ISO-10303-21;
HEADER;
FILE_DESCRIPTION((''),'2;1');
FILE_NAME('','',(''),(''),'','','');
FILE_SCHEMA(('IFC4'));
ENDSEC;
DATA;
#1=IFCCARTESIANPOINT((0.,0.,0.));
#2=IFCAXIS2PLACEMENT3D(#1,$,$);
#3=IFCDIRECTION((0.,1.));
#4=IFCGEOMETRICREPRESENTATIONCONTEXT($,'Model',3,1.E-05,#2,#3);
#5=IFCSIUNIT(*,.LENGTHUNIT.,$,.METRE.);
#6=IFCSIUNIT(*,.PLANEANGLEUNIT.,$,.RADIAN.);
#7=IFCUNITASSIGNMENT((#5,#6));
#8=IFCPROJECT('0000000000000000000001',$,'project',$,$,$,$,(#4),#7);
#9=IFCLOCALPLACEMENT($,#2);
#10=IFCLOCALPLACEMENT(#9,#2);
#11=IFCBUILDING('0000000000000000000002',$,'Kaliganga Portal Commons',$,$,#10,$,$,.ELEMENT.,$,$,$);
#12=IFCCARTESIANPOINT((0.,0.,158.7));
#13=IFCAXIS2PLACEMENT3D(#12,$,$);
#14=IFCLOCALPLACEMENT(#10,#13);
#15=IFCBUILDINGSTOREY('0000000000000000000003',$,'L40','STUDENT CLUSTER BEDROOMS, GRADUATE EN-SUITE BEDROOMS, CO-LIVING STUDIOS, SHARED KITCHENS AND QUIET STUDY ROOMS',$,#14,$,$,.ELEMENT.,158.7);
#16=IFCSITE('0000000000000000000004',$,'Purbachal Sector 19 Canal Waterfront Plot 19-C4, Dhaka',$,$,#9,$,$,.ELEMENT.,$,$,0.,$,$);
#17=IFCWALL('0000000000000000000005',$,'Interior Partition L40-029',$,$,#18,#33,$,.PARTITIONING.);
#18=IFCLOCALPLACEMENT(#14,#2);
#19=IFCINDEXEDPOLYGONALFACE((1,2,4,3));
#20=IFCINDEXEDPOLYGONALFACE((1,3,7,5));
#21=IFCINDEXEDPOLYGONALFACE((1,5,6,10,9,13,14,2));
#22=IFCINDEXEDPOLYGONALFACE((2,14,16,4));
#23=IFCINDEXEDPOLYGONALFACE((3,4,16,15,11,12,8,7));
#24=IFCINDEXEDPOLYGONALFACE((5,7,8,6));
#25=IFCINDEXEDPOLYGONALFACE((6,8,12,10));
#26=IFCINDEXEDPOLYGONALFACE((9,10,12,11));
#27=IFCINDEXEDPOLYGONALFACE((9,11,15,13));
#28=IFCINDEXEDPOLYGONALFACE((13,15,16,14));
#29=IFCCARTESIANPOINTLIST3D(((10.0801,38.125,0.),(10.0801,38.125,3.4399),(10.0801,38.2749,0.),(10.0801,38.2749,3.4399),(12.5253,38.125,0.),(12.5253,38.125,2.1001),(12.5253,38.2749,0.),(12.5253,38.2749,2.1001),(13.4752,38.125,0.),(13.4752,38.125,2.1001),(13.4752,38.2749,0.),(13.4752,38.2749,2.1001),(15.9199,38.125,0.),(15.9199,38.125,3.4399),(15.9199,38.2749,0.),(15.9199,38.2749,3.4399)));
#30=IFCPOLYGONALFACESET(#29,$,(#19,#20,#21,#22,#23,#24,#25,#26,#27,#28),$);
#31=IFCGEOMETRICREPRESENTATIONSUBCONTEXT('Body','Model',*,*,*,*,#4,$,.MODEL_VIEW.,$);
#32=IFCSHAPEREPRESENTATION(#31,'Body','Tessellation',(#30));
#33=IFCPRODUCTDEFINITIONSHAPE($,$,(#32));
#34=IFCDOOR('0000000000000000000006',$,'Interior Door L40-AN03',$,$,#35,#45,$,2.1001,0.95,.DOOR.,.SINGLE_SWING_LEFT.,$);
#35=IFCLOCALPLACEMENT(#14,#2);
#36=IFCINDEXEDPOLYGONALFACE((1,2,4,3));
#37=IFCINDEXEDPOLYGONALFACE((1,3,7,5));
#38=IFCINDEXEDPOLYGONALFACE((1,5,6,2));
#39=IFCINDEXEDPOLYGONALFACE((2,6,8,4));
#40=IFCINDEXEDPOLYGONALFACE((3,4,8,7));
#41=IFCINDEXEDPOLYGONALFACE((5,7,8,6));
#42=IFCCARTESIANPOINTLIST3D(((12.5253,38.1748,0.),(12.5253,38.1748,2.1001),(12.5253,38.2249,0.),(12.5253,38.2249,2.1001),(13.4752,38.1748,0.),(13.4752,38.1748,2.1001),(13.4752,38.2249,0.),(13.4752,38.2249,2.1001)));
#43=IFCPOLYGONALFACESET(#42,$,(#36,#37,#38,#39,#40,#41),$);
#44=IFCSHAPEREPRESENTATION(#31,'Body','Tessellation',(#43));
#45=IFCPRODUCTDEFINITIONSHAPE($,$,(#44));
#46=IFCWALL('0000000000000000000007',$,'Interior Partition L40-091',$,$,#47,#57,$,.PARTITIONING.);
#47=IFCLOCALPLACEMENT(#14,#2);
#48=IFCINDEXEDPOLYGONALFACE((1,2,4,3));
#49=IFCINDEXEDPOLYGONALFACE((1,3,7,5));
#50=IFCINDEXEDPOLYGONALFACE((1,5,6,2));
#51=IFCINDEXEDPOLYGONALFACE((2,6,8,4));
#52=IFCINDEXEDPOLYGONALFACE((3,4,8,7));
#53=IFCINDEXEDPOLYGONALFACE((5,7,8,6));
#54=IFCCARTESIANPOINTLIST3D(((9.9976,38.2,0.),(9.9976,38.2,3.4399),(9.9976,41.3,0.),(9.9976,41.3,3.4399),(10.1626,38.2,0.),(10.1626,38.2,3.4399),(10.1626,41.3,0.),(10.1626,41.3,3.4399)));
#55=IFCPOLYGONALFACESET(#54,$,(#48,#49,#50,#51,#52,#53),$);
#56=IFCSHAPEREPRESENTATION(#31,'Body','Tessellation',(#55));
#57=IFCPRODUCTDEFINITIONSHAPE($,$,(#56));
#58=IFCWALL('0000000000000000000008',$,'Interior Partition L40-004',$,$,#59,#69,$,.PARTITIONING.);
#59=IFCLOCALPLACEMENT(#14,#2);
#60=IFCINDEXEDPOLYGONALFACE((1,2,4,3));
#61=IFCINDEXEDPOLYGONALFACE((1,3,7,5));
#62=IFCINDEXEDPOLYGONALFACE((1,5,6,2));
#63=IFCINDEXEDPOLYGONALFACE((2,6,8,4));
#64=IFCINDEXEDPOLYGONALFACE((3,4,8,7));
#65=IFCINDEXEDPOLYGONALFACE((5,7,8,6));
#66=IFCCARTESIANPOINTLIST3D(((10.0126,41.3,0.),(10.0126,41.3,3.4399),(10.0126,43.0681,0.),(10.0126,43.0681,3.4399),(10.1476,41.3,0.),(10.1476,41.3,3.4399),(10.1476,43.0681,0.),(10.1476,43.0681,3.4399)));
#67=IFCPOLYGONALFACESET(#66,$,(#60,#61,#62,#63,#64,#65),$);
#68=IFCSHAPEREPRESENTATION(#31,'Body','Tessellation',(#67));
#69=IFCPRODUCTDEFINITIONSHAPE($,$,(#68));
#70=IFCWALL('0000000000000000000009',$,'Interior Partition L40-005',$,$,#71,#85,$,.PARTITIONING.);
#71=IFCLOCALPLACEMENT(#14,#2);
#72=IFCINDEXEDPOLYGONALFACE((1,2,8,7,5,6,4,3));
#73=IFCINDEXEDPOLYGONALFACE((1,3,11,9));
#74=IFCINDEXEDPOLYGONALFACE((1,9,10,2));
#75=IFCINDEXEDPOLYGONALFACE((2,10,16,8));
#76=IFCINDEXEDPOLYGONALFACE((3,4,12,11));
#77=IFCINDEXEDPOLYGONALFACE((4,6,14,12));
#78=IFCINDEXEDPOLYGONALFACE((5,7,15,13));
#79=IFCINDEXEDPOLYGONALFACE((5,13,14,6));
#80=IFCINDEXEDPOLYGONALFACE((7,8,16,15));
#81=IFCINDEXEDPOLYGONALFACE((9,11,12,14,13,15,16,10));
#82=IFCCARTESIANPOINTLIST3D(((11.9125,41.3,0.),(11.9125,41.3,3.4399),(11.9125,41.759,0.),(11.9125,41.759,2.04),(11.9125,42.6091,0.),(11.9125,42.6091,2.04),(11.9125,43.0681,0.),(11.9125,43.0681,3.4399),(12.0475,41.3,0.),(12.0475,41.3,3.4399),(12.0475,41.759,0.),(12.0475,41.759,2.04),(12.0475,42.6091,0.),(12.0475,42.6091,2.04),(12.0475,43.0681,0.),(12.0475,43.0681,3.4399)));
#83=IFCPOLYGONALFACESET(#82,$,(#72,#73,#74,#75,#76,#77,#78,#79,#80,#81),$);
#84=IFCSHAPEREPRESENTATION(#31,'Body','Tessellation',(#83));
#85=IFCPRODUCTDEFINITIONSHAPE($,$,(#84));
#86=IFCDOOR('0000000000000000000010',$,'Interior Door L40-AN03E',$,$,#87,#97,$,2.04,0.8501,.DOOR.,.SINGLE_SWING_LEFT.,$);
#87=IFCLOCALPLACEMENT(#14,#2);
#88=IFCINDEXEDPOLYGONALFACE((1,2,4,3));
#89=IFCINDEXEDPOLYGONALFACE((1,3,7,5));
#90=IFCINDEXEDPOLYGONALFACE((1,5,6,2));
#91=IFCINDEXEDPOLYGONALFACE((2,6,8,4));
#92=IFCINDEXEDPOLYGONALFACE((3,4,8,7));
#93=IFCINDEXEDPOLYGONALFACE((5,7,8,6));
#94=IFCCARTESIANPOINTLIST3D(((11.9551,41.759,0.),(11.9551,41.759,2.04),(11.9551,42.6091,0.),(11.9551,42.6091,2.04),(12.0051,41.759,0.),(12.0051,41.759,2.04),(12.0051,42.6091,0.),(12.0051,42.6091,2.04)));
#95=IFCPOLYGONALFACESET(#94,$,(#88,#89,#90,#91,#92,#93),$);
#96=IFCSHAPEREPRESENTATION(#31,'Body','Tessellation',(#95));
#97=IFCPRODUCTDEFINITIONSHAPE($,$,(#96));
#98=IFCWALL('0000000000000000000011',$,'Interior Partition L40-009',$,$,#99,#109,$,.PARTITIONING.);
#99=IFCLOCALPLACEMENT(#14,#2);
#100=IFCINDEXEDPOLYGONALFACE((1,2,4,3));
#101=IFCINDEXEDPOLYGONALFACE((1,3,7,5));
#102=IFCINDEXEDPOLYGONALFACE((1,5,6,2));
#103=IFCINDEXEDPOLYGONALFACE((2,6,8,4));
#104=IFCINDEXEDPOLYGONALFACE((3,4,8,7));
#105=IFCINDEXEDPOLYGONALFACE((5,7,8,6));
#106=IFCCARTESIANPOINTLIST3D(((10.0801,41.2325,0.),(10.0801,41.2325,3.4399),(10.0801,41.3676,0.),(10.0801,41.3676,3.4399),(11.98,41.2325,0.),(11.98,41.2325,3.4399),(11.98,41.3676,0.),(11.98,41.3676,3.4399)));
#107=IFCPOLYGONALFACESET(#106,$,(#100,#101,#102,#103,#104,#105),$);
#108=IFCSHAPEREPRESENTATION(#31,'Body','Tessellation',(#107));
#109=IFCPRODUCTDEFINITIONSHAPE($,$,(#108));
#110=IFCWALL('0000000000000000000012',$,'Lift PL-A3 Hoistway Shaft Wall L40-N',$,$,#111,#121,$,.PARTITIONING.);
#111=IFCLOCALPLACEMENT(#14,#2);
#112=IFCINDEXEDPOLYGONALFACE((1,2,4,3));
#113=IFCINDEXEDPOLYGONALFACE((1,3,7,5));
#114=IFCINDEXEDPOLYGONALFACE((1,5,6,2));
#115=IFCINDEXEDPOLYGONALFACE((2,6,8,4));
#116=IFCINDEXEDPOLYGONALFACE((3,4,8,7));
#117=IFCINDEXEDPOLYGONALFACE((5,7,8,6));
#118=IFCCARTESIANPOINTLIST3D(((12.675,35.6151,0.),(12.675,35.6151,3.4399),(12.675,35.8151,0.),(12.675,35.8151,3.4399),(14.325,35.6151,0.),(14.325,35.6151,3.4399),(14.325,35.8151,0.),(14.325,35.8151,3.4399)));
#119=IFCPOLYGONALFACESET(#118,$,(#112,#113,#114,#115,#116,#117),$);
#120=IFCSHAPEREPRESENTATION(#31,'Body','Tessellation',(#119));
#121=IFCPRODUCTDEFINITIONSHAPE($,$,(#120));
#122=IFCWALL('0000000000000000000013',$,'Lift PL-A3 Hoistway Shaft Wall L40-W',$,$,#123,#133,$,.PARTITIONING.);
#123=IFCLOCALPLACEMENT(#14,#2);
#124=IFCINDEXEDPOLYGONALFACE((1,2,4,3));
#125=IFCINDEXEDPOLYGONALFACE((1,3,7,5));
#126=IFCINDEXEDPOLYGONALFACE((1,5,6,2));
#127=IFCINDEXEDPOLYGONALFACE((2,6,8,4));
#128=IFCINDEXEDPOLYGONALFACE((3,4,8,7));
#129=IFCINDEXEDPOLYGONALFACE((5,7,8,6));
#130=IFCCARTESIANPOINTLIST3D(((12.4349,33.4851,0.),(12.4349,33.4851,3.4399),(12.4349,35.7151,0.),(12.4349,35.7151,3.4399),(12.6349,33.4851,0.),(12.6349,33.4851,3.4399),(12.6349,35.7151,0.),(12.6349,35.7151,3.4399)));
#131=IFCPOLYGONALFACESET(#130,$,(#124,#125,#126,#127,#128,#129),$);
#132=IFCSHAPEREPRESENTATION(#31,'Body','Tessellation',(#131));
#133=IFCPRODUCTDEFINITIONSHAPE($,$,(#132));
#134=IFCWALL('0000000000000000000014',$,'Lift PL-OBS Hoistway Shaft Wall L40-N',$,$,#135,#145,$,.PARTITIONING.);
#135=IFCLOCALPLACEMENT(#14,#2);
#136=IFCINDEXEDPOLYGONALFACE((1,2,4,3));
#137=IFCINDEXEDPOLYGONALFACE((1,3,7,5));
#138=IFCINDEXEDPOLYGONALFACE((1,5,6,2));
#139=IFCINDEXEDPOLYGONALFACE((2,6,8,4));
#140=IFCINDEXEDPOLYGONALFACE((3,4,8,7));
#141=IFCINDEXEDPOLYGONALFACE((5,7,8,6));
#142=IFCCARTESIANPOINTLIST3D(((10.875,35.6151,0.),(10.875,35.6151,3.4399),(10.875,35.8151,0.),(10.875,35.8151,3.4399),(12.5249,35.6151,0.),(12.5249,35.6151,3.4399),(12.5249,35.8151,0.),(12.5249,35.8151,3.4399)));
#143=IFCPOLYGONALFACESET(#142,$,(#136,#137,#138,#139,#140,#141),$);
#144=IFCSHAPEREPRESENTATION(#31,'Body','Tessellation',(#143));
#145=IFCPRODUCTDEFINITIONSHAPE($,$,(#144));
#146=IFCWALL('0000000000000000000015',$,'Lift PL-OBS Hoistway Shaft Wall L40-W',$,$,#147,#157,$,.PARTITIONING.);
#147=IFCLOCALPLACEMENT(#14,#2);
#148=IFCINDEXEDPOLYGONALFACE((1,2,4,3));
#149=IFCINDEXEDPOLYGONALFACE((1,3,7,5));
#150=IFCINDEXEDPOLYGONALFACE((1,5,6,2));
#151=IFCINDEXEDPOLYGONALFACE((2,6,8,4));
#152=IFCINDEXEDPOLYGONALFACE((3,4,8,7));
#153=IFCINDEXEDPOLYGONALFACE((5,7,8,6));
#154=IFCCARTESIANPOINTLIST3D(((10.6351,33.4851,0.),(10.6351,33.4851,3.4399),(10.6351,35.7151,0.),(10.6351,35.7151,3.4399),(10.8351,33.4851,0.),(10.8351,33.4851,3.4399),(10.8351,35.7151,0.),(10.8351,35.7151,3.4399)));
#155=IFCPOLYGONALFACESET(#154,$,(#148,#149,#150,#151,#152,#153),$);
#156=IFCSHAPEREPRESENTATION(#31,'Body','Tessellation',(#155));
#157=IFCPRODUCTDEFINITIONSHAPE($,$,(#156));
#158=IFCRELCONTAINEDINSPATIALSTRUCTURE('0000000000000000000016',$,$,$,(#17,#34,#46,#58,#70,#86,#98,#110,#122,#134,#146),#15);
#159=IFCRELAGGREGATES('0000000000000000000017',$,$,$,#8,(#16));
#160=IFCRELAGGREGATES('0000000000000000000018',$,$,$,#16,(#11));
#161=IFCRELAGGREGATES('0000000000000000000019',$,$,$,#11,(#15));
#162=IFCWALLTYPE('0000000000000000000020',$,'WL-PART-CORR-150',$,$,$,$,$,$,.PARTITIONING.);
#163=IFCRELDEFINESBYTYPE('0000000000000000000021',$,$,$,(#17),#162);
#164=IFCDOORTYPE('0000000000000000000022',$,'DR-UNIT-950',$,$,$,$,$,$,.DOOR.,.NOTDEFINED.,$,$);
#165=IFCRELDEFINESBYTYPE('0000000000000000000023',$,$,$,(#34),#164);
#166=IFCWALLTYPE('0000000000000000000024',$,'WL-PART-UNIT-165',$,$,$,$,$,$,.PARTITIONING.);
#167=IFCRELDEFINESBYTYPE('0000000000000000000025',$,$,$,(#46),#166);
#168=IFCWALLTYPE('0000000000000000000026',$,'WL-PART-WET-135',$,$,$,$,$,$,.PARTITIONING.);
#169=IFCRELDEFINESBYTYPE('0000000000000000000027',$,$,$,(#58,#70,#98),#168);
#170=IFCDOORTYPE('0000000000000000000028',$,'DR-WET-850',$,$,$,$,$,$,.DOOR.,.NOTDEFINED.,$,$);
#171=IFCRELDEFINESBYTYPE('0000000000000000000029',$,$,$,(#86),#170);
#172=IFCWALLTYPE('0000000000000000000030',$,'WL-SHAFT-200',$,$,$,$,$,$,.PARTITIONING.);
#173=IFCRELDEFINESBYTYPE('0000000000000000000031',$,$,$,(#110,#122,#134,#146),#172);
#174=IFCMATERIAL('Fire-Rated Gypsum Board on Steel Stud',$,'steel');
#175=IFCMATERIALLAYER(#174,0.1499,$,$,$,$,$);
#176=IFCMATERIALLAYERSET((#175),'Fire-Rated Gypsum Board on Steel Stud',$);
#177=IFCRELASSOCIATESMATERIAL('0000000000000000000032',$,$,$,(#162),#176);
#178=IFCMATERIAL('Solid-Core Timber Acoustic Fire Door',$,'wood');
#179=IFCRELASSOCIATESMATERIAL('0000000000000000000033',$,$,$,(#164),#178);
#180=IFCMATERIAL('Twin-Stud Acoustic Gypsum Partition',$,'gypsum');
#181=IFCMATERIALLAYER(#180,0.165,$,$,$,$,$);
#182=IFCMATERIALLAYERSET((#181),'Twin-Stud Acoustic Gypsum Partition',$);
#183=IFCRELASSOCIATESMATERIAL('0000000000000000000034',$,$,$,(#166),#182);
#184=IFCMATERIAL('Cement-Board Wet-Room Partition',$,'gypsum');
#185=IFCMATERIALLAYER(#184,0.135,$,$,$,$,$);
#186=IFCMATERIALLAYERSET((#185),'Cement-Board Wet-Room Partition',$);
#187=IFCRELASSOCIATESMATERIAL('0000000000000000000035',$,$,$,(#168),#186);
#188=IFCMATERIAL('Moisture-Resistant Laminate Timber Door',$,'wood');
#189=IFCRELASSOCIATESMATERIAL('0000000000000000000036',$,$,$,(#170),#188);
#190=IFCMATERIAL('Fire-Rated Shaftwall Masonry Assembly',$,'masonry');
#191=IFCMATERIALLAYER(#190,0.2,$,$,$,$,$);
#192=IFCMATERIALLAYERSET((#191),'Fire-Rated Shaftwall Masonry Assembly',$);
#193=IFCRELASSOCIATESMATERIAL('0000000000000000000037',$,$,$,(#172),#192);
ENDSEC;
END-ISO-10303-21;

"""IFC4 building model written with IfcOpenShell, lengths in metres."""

from ifc_helpers import new_model, si_unit, direction, frame, frame_2d, origin, place, context, subcontext, project, spatial, rectangle, extrude, material, layer, layer_set, type_object, element, fill, save


model = new_model("IFC4")

# Units and contexts
model_context = context("Model", 3, precision=1e-05, world=origin(), true_north=direction((0.0, 1.0)))
body_context = subcontext(model_context, "Body", "Model", "MODEL_VIEW")
ifc_project = project(units=[si_unit("LENGTHUNIT", "METRE"), si_unit("PLANEANGLEUNIT", "RADIAN")], contexts=[model_context])

# Site, building, storey
site_placement = place(None, origin())
site = spatial("IfcSite", under=ifc_project, at=site_placement, Name="Purbachal Sector 19 Canal Waterfront Plot 19-C4, Dhaka", CompositionType="ELEMENT", RefElevation=0.0)
building_placement = place(site_placement, origin())
building = spatial("IfcBuilding", under=site, at=building_placement, Name="Kaliganga Portal Commons", CompositionType="ELEMENT")
storey_placement = place(building_placement, frame((0.0, 0.0, 158.7)))
storey = spatial("IfcBuildingStorey", under=building, at=storey_placement, Name="L40", Description="STUDENT CLUSTER BEDROOMS, GRADUATE EN-SUITE BEDROOMS, CO-LIVING STUDIOS, SHARED KITCHENS AND QUIET STUDY ROOMS", CompositionType="ELEMENT", Elevation=158.7)

# Wall, opening, door
ifc_material_1 = material(Name="Fire-Rated Gypsum Board on Steel Stud", Category="steel")
ifc_layer_1 = layer(ifc_material_1, 0.1499)
ifc_layer_set_1 = layer_set([ifc_layer_1], Name="Fire-Rated Gypsum Board on Steel Stud")
wall_type_1 = type_object("IfcWallType", Name="WL-PART-CORR-150", PredefinedType="PARTITIONING", material=ifc_layer_set_1)
wall_1_placement = place(storey_placement, frame((10.0801, 38.2, 0.0), z_axis=(0.0, 0.0, 1.0), x_axis=(1.0, 0.0, 0.0)))
wall_1 = element("IfcWall", 1, at=wall_1_placement, inside=storey, type_object=wall_type_1, Name="Interior Partition L40-029", PredefinedType="PARTITIONING", context=body_context, shape_type="SweptSolid", body=[
    extrude(rectangle(XDim=5.8398, YDim=0.1499, at=frame_2d((2.9199, 0.0))), origin(), (0.0, 0.0, 1.0), 3.4399),
])
opening_1_placement = place(wall_1_placement, frame((2.4451, 0.0, 0.0)))
opening_1 = element("IfcOpeningElement", 2, at=opening_1_placement, cuts=wall_1, PredefinedType="OPENING", context=body_context, shape_type="SweptSolid", body=[
    extrude(rectangle(XDim=0.95, YDim=2.1001, at=frame_2d((0.4751, 1.05))), frame((0.0, 0.085, 0.0), z_axis=(0.0, -1.0, 0.0), x_axis=(1.0, 0.0, 0.0)), (0.0, 0.0, 1.0), 0.1699),
])
ifc_material_2 = material(Name="Solid-Core Timber Acoustic Fire Door", Category="wood")
door_type_1 = type_object("IfcDoorType", Name="DR-UNIT-950", OperationType="NOTDEFINED", PredefinedType="DOOR", material=ifc_material_2)
door_1_placement = place(opening_1_placement, origin())
door_1 = element("IfcDoor", 3, at=door_1_placement, inside=storey, type_object=door_type_1, Name="Interior Door L40-AN03", OperationType="SINGLE_SWING_LEFT", OverallHeight=2.1001, OverallWidth=0.95, PredefinedType="DOOR", context=body_context, shape_type="SweptSolid", body=[
    extrude(rectangle(XDim=0.95, YDim=2.1001, at=frame_2d((0.4751, 1.05))), frame((0.0, 0.0249, 0.0), z_axis=(0.0, -1.0, 0.0), x_axis=(1.0, 0.0, 0.0)), (0.0, 0.0, 1.0), 0.05),
])
fill(opening_1, door_1)

# Walls
ifc_material_3 = material(Name="Twin-Stud Acoustic Gypsum Partition", Category="gypsum")
ifc_layer_2 = layer(ifc_material_3, 0.165)
ifc_layer_set_2 = layer_set([ifc_layer_2], Name="Twin-Stud Acoustic Gypsum Partition")
wall_type_2 = type_object("IfcWallType", Name="WL-PART-UNIT-165", PredefinedType="PARTITIONING", material=ifc_layer_set_2)
wall_2_placement = place(storey_placement, frame((10.0801, 38.2, 0.0), z_axis=(0.0, 0.0, 1.0), x_axis=(0.0, 1.0, 0.0)))
element("IfcWall", 4, at=wall_2_placement, inside=storey, type_object=wall_type_2, Name="Interior Partition L40-091", PredefinedType="PARTITIONING", context=body_context, shape_type="SweptSolid", body=[
    extrude(rectangle(XDim=3.1001, YDim=0.165, at=frame_2d((1.55, 0.0))), origin(), (0.0, 0.0, 1.0), 3.4399),
])
ifc_material_4 = material(Name="Cement-Board Wet-Room Partition", Category="gypsum")
ifc_layer_3 = layer(ifc_material_4, 0.135)
ifc_layer_set_3 = layer_set([ifc_layer_3], Name="Cement-Board Wet-Room Partition")
wall_type_3 = type_object("IfcWallType", Name="WL-PART-WET-135", PredefinedType="PARTITIONING", material=ifc_layer_set_3)
wall_3_placement = place(storey_placement, frame((10.0801, 41.3, 0.0), z_axis=(0.0, 0.0, 1.0), x_axis=(0.0, 1.0, 0.0)))
element("IfcWall", 5, at=wall_3_placement, inside=storey, type_object=wall_type_3, Name="Interior Partition L40-004", PredefinedType="PARTITIONING", context=body_context, shape_type="SweptSolid", body=[
    extrude(rectangle(XDim=1.7681, YDim=0.135, at=frame_2d((0.884, 0.0))), origin(), (0.0, 0.0, 1.0), 3.4399),
])

# Wall, opening, door
wall_4_placement = place(storey_placement, frame((11.98, 41.3, 0.0), z_axis=(0.0, 0.0, 1.0), x_axis=(0.0, 1.0, 0.0)))
wall_4 = element("IfcWall", 6, at=wall_4_placement, inside=storey, type_object=wall_type_3, Name="Interior Partition L40-005", PredefinedType="PARTITIONING", context=body_context, shape_type="SweptSolid", body=[
    extrude(rectangle(XDim=1.7681, YDim=0.135, at=frame_2d((0.884, 0.0))), origin(), (0.0, 0.0, 1.0), 3.4399),
])
opening_2_placement = place(wall_4_placement, frame((0.459, 0.0, 0.0)))
opening_2 = element("IfcOpeningElement", 7, at=opening_2_placement, cuts=wall_4, PredefinedType="OPENING", context=body_context, shape_type="SweptSolid", body=[
    extrude(rectangle(XDim=0.8501, YDim=2.04, at=frame_2d((0.425, 1.02))), frame((0.0, 0.0776, 0.0), z_axis=(0.0, -1.0, 0.0), x_axis=(1.0, 0.0, 0.0)), (0.0, 0.0, 1.0), 0.155),
])
ifc_material_5 = material(Name="Moisture-Resistant Laminate Timber Door", Category="wood")
door_type_2 = type_object("IfcDoorType", Name="DR-WET-850", OperationType="NOTDEFINED", PredefinedType="DOOR", material=ifc_material_5)
door_2_placement = place(opening_2_placement, origin())
door_2 = element("IfcDoor", 8, at=door_2_placement, inside=storey, type_object=door_type_2, Name="Interior Door L40-AN03E", OperationType="SINGLE_SWING_LEFT", OverallHeight=2.04, OverallWidth=0.8501, PredefinedType="DOOR", context=body_context, shape_type="SweptSolid", body=[
    extrude(rectangle(XDim=0.8501, YDim=2.04, at=frame_2d((0.425, 1.02))), frame((0.0, 0.0249, 0.0), z_axis=(0.0, -1.0, 0.0), x_axis=(1.0, 0.0, 0.0)), (0.0, 0.0, 1.0), 0.05),
])
fill(opening_2, door_2)

# Wall
wall_5_placement = place(storey_placement, frame((10.0801, 41.3, 0.0), z_axis=(0.0, 0.0, 1.0), x_axis=(1.0, 0.0, 0.0)))
element("IfcWall", 9, at=wall_5_placement, inside=storey, type_object=wall_type_3, Name="Interior Partition L40-009", PredefinedType="PARTITIONING", context=body_context, shape_type="SweptSolid", body=[
    extrude(rectangle(XDim=1.8999, YDim=0.135, at=frame_2d((0.95, 0.0))), origin(), (0.0, 0.0, 1.0), 3.4399),
])

# Shared definitions
ifc_material_6 = material(Name="Fire-Rated Shaftwall Masonry Assembly", Category="masonry")
ifc_layer_4 = layer(ifc_material_6, 0.2)
ifc_layer_set_4 = layer_set([ifc_layer_4], Name="Fire-Rated Shaftwall Masonry Assembly")
wall_type_4 = type_object("IfcWallType", Name="WL-SHAFT-200", PredefinedType="PARTITIONING", material=ifc_layer_set_4)

# Walls
wall_6_placement = place(storey_placement, frame((12.675, 35.7151, 0.0), z_axis=(0.0, 0.0, 1.0), x_axis=(1.0, 0.0, 0.0)))
element("IfcWall", 10, at=wall_6_placement, inside=storey, type_object=wall_type_4, Name="Lift PL-A3 Hoistway Shaft Wall L40-N", PredefinedType="PARTITIONING", context=body_context, shape_type="SweptSolid", body=[
    extrude(rectangle(XDim=1.6499, YDim=0.2, at=frame_2d((0.825, 0.0))), origin(), (0.0, 0.0, 1.0), 3.4399),
])
wall_7_placement = place(storey_placement, frame((12.5349, 33.4851, 0.0), z_axis=(0.0, 0.0, 1.0), x_axis=(0.0, 1.0, 0.0)))
element("IfcWall", 11, at=wall_7_placement, inside=storey, type_object=wall_type_4, Name="Lift PL-A3 Hoistway Shaft Wall L40-W", PredefinedType="PARTITIONING", context=body_context, shape_type="SweptSolid", body=[
    extrude(rectangle(XDim=2.23, YDim=0.2, at=frame_2d((1.115, 0.0))), origin(), (0.0, 0.0, 1.0), 3.4399),
])

# Walls
wall_8_placement = place(storey_placement, frame((10.875, 35.7151, 0.0), z_axis=(0.0, 0.0, 1.0), x_axis=(1.0, 0.0, 0.0)))
element("IfcWall", 12, at=wall_8_placement, inside=storey, type_object=wall_type_4, Name="Lift PL-OBS Hoistway Shaft Wall L40-N", PredefinedType="PARTITIONING", context=body_context, shape_type="SweptSolid", body=[
    extrude(rectangle(XDim=1.6499, YDim=0.2, at=frame_2d((0.825, 0.0))), origin(), (0.0, 0.0, 1.0), 3.4399),
])
wall_9_placement = place(storey_placement, frame((10.7351, 33.4851, 0.0), z_axis=(0.0, 0.0, 1.0), x_axis=(0.0, 1.0, 0.0)))
element("IfcWall", 13, at=wall_9_placement, inside=storey, type_object=wall_type_4, Name="Lift PL-OBS Hoistway Shaft Wall L40-W", PredefinedType="PARTITIONING", context=body_context, shape_type="SweptSolid", body=[
    extrude(rectangle(XDim=2.23, YDim=0.2, at=frame_2d((1.115, 0.0))), origin(), (0.0, 0.0, 1.0), 3.4399),
])

save(model, "model.ifc")
